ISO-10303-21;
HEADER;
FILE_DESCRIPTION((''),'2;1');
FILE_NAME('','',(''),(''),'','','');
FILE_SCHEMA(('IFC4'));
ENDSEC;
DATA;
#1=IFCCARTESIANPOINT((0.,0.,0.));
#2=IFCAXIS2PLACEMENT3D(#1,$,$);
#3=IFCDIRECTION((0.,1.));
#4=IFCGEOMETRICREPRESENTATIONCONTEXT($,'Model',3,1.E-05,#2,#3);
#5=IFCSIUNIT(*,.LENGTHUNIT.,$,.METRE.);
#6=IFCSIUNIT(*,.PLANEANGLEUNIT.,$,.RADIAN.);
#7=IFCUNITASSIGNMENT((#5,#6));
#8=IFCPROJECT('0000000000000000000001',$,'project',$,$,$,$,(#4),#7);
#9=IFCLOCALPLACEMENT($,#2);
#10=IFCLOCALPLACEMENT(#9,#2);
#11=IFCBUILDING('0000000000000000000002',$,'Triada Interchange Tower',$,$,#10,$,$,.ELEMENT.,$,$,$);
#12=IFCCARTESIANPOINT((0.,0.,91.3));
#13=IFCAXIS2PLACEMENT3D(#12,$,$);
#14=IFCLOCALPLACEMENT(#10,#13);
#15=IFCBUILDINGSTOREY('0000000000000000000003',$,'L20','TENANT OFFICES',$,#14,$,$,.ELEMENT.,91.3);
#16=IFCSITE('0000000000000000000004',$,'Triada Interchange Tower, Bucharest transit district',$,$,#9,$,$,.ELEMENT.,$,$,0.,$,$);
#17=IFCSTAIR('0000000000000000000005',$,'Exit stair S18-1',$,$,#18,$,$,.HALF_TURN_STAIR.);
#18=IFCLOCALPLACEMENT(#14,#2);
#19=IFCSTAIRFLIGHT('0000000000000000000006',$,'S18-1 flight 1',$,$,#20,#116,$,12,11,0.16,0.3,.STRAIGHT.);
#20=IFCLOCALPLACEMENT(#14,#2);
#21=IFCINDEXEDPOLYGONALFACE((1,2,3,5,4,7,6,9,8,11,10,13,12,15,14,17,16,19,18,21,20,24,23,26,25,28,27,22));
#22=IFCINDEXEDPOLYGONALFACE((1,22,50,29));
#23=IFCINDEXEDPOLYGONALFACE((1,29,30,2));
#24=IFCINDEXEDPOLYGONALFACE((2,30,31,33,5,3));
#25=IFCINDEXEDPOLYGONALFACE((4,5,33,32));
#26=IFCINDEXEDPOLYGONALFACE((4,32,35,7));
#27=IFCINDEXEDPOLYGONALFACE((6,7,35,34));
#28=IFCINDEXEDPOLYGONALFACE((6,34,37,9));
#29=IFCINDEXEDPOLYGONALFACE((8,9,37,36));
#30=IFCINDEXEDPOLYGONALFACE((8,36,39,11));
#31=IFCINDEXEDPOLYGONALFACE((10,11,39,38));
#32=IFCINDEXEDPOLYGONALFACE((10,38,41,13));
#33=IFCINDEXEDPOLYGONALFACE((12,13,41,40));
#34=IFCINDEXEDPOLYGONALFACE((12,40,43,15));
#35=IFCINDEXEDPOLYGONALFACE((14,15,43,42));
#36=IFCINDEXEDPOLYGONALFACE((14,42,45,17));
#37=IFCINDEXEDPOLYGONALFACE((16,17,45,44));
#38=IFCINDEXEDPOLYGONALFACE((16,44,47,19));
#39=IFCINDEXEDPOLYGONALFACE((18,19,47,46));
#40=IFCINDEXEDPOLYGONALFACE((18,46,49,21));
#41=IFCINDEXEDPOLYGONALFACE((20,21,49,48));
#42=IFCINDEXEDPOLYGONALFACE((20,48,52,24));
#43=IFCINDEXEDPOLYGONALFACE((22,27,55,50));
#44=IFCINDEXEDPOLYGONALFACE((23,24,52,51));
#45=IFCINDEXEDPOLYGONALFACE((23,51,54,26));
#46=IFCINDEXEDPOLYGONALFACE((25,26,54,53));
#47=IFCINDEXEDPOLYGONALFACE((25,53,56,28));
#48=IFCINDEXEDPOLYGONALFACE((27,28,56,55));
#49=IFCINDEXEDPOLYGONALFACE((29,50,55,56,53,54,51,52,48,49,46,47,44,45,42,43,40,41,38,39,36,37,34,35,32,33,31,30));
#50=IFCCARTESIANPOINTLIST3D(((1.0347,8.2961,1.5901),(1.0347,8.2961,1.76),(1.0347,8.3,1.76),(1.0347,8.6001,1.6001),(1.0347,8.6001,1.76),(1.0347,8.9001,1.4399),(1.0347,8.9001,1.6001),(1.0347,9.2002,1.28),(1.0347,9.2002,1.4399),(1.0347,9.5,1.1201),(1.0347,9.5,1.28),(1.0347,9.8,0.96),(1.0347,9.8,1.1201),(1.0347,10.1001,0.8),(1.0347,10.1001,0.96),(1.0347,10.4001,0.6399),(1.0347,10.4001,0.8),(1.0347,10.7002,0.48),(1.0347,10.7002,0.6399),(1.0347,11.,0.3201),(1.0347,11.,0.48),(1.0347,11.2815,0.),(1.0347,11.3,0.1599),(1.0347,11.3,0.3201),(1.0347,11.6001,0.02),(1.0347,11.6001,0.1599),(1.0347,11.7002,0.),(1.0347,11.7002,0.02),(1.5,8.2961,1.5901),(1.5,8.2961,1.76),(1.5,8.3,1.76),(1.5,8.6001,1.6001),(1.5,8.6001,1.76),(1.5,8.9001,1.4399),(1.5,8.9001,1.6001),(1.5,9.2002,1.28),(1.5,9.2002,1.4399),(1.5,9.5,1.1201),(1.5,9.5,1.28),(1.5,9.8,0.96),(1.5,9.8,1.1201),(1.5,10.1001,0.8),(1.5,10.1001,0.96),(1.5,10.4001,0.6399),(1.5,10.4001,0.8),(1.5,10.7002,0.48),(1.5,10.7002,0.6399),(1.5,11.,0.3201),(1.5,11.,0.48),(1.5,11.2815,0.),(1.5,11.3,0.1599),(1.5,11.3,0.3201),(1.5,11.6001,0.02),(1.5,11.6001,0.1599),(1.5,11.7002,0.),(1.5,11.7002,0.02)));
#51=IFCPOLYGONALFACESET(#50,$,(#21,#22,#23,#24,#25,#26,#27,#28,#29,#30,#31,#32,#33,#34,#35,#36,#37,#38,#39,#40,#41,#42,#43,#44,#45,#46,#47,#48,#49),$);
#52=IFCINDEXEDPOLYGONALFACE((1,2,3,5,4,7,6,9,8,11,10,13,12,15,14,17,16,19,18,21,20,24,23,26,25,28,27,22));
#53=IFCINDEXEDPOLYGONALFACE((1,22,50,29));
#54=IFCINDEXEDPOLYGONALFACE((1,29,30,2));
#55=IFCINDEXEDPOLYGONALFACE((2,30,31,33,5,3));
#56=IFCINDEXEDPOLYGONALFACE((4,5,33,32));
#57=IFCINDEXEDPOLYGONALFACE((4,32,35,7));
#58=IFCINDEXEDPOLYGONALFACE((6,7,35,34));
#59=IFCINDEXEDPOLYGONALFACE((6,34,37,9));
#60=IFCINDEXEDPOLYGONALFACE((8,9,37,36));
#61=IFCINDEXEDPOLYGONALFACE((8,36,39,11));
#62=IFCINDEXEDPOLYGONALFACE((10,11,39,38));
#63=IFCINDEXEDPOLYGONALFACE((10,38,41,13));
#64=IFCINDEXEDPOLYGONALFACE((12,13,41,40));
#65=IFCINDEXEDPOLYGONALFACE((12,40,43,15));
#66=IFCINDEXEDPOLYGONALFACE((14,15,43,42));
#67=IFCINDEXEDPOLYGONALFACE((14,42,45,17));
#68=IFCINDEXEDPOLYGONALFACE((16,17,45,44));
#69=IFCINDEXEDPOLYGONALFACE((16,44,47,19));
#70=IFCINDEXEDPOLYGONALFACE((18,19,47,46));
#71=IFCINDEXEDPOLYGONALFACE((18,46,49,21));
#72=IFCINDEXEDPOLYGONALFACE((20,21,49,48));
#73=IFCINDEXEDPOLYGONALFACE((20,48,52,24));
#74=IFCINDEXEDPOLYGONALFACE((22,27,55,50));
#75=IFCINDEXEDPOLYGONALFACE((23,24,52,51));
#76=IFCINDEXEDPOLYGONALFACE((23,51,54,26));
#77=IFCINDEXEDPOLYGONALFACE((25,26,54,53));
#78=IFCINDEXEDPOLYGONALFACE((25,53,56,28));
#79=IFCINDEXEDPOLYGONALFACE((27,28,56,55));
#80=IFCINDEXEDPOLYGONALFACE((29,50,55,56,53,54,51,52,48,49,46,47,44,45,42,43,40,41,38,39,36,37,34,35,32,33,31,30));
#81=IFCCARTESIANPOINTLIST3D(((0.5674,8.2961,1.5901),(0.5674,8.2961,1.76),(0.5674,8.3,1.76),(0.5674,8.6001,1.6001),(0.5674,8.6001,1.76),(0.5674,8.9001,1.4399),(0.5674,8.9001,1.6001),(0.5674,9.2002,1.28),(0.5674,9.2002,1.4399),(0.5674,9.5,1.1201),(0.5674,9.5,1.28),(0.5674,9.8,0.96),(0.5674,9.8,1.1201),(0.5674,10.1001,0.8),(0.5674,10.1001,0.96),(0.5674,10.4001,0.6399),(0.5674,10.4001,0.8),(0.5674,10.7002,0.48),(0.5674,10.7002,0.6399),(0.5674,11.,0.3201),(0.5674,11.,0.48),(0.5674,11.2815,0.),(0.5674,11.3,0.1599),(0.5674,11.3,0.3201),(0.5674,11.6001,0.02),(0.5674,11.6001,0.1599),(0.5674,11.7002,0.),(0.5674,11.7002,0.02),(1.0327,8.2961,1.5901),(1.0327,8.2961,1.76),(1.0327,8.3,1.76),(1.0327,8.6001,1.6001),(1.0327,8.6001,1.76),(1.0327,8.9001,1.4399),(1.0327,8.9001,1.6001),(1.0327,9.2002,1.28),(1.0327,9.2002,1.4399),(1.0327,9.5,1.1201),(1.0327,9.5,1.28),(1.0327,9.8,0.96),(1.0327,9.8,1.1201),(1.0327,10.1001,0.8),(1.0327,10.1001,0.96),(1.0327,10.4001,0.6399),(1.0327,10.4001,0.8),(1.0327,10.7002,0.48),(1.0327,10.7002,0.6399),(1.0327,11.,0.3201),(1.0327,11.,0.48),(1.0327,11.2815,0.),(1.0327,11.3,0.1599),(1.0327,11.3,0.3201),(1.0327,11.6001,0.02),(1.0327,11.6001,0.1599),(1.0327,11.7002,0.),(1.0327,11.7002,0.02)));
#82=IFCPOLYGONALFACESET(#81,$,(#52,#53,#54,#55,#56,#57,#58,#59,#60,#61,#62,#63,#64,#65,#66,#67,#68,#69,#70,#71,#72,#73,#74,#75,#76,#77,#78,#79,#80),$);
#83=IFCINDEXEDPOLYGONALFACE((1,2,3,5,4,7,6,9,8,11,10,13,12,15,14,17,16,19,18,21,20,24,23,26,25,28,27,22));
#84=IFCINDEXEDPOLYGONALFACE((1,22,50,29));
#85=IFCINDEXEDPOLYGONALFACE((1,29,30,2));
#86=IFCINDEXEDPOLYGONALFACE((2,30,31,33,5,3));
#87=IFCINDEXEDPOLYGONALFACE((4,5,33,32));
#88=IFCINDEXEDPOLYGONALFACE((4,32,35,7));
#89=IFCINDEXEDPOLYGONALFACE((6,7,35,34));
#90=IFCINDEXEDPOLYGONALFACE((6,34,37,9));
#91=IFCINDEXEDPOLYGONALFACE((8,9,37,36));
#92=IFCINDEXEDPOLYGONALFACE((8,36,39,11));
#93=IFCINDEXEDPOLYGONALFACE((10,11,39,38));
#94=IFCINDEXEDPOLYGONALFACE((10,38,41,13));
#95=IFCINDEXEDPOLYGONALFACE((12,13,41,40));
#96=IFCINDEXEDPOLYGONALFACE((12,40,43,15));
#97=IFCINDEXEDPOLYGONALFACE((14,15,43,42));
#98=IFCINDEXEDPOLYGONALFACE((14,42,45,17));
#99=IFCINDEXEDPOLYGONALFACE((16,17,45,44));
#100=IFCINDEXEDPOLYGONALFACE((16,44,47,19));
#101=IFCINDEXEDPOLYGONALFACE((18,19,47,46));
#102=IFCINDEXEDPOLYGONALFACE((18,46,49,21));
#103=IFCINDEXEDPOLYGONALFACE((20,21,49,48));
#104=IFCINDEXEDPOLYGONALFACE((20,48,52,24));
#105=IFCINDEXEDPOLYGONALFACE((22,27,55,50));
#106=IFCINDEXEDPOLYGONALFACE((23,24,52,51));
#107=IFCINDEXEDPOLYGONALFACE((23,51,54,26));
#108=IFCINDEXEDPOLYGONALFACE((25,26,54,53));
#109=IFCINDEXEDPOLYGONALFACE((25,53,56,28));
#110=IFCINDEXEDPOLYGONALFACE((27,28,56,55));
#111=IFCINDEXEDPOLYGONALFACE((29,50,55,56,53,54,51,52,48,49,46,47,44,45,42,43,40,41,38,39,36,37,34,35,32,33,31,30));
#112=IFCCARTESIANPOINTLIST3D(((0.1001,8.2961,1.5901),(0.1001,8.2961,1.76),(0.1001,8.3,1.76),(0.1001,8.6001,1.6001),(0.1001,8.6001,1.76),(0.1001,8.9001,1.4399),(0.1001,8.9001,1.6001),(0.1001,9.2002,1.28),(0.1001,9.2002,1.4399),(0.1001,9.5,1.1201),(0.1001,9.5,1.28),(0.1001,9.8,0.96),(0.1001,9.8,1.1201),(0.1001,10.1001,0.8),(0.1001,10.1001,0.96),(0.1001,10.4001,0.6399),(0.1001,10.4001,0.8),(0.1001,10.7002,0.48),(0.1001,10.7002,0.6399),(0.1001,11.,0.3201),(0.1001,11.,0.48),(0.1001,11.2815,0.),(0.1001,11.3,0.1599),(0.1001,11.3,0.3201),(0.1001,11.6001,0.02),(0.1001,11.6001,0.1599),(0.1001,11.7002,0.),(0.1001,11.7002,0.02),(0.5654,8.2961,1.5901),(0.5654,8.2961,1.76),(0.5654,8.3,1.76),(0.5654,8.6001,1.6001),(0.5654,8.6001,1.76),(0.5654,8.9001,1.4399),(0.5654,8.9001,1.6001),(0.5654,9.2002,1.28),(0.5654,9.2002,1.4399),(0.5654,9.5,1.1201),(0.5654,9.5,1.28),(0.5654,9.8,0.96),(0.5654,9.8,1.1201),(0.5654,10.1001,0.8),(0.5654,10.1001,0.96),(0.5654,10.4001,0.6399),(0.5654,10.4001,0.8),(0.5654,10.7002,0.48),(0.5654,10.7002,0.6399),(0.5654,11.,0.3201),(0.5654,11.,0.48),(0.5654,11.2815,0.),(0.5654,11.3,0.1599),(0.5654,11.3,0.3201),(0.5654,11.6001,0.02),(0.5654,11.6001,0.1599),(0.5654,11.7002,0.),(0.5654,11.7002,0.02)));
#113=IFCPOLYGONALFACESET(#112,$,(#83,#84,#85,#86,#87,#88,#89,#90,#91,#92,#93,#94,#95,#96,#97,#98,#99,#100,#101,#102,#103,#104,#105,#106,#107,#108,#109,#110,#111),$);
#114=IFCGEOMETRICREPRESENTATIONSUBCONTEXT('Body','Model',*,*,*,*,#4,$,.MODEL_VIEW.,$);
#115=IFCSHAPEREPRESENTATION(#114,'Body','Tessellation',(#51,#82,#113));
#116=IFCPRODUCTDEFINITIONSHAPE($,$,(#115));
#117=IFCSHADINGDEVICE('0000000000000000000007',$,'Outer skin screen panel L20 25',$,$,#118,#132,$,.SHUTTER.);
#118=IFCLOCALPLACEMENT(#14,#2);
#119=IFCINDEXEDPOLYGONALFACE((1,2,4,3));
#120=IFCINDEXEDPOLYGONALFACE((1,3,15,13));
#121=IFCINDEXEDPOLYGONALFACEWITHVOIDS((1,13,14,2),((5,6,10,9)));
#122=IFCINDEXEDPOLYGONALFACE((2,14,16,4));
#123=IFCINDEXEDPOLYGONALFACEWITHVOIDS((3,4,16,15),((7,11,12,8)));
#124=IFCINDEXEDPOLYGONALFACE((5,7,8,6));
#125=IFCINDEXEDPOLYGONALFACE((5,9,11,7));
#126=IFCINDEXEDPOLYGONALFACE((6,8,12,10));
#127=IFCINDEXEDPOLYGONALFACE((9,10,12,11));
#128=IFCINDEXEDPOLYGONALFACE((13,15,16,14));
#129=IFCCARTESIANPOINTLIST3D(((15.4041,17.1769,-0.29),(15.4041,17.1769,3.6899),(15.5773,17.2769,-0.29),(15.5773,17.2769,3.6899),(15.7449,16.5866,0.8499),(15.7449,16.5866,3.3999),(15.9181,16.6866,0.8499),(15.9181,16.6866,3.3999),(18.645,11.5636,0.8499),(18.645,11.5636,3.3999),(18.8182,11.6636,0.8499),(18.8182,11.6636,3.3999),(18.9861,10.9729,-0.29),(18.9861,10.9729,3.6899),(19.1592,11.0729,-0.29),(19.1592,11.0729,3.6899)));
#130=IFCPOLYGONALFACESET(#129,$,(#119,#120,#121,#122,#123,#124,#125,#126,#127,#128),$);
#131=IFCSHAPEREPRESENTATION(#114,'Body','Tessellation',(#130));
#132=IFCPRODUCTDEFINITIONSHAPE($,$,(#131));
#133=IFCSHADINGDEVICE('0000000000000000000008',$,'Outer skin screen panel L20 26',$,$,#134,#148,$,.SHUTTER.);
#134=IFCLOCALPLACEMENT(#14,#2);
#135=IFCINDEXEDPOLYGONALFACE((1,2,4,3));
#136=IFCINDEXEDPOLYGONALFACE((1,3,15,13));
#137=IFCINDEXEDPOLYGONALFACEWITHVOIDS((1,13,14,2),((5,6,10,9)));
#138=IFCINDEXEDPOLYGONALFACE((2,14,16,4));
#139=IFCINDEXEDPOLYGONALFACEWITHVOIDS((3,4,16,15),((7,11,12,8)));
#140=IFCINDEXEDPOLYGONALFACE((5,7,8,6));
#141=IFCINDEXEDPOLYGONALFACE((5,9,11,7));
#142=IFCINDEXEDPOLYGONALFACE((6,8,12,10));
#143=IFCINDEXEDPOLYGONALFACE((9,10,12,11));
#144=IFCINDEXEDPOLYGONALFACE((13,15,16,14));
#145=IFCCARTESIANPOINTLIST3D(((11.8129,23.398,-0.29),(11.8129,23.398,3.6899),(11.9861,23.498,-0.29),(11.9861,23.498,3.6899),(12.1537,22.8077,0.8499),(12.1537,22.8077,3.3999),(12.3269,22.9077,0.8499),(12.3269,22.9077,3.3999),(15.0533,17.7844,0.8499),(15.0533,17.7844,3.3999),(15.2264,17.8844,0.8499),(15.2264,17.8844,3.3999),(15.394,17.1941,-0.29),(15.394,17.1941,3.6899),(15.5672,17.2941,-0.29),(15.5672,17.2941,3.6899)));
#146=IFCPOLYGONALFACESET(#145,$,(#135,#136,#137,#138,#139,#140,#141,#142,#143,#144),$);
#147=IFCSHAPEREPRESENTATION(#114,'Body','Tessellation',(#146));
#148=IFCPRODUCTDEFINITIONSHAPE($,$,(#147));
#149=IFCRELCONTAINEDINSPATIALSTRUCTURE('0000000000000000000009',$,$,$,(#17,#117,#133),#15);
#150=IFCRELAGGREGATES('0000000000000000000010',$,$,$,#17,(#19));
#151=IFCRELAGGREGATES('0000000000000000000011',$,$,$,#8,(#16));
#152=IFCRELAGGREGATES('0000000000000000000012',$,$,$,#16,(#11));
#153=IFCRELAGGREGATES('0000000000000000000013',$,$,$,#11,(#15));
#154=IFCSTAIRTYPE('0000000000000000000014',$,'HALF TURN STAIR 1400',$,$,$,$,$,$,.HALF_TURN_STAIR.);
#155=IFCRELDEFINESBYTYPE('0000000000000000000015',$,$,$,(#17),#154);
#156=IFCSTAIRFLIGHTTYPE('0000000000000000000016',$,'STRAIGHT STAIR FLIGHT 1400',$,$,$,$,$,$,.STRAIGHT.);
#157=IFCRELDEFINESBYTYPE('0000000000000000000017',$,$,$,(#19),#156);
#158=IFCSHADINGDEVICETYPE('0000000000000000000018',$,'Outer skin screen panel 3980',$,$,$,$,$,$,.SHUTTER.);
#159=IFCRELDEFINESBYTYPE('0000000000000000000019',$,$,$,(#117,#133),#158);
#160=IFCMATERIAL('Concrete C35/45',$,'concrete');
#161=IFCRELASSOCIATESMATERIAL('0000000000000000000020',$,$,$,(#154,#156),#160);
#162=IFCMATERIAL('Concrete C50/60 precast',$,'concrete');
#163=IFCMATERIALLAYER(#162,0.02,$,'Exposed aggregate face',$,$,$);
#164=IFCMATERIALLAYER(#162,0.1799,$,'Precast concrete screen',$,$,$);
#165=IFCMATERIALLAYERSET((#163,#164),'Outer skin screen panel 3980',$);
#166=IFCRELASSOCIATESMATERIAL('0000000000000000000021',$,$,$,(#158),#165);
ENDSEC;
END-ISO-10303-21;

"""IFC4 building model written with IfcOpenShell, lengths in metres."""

from ifc_helpers import new_model, si_unit, direction, frame, origin, place, context, subcontext, project, spatial, polyline, outline, extrude, material, layer, layer_set, type_object, element, aggregate, save


model = new_model("IFC4")

# Units and contexts
model_context = context("Model", 3, precision=1e-05, world=origin(), true_north=direction((0.0, 1.0)))
body_context = subcontext(model_context, "Body", "Model", "MODEL_VIEW")
ifc_project = project(units=[si_unit("LENGTHUNIT", "METRE"), si_unit("PLANEANGLEUNIT", "RADIAN")], contexts=[model_context])

# Site, building, storey
site_placement = place(None, origin())
site = spatial("IfcSite", under=ifc_project, at=site_placement, Name="Triada Interchange Tower, Bucharest transit district", CompositionType="ELEMENT", RefElevation=0.0)
building_placement = place(site_placement, origin())
building = spatial("IfcBuilding", under=site, at=building_placement, Name="Triada Interchange Tower", CompositionType="ELEMENT")
storey_placement = place(building_placement, frame((0.0, 0.0, 91.3)))
storey = spatial("IfcBuildingStorey", under=building, at=storey_placement, Name="L20", Description="TENANT OFFICES", CompositionType="ELEMENT", Elevation=91.3)

# Stair, stair flight
ifc_material_1 = material(Name="Concrete C35/45", Category="concrete")
stair_type = type_object("IfcStairType", Name="HALF TURN STAIR 1400", PredefinedType="HALF_TURN_STAIR", material=ifc_material_1)
stair_placement = place(storey_placement, origin())
stair = element("IfcStair", 1, at=stair_placement, inside=storey, type_object=stair_type, Name="Exit stair S18-1", PredefinedType="HALF_TURN_STAIR")
stair_flight_type = type_object("IfcStairFlightType", Name="STRAIGHT STAIR FLIGHT 1400", PredefinedType="STRAIGHT", material=ifc_material_1)
stair_flight_placement = place(storey_placement, frame((0.8, 11.6001, 0.0), z_axis=(0.0, 0.0, 1.0), x_axis=(0.0, -1.0, 0.0)))
stair_flight = element("IfcStairFlight", 2, at=stair_flight_placement, type_object=stair_flight_type, Name="S18-1 flight 1", NumberOfRisers=12, NumberOfTreads=11, PredefinedType="STRAIGHT", RiserHeight=0.16, TreadLength=0.3, context=body_context, shape_type="SweptSolid", body=[
    extrude(outline(polyline([(-0.1001, 0.0), (-0.1001, 0.02), (0.0, 0.02), (0.0, 0.1599), (0.3, 0.1599), (0.3, 0.3201), (0.6001, 0.3201), (0.6001, 0.48), (0.8999, 0.48), (0.8999, 0.6399), (1.2, 0.6399), (1.2, 0.8), (1.5, 0.8), (1.5, 0.96), (1.8, 0.96), (1.8, 1.1201), (2.1001, 1.1201), (2.1001, 1.28), (2.3999, 1.28), (2.3999, 1.4399), (2.7, 1.4399), (2.7, 1.6001), (3.0, 1.6001), (3.0, 1.76), (3.3, 1.76), (3.304, 1.76), (3.304, 1.9199), (3.304, 1.5901), (0.3186, 0.0), (-0.1001, 0.0)])), frame((0.0, 0.7, 0.0), z_axis=(0.0, -1.0, 0.0), x_axis=(1.0, 0.0, 0.0)), (0.0, 0.0, 1.0), 0.4653),
    extrude(outline(polyline([(-0.1001, 0.0), (-0.1001, 0.02), (0.0, 0.02), (0.0, 0.1599), (0.3, 0.1599), (0.3, 0.3201), (0.6001, 0.3201), (0.6001, 0.48), (0.8999, 0.48), (0.8999, 0.6399), (1.2, 0.6399), (1.2, 0.8), (1.5, 0.8), (1.5, 0.96), (1.8, 0.96), (1.8, 1.1201), (2.1001, 1.1201), (2.1001, 1.28), (2.3999, 1.28), (2.3999, 1.4399), (2.7, 1.4399), (2.7, 1.6001), (3.0, 1.6001), (3.0, 1.76), (3.3, 1.76), (3.304, 1.76), (3.304, 1.9199), (3.304, 1.5901), (0.3186, 0.0), (-0.1001, 0.0)])), frame((0.0, 0.2327, 0.0), z_axis=(0.0, -1.0, 0.0), x_axis=(1.0, 0.0, 0.0)), (0.0, 0.0, 1.0), 0.4653),
    extrude(outline(polyline([(-0.1001, 0.0), (-0.1001, 0.02), (0.0, 0.02), (0.0, 0.1599), (0.3, 0.1599), (0.3, 0.3201), (0.6001, 0.3201), (0.6001, 0.48), (0.8999, 0.48), (0.8999, 0.6399), (1.2, 0.6399), (1.2, 0.8), (1.5, 0.8), (1.5, 0.96), (1.8, 0.96), (1.8, 1.1201), (2.1001, 1.1201), (2.1001, 1.28), (2.3999, 1.28), (2.3999, 1.4399), (2.7, 1.4399), (2.7, 1.6001), (3.0, 1.6001), (3.0, 1.76), (3.3, 1.76), (3.304, 1.76), (3.304, 1.9199), (3.304, 1.5901), (0.3186, 0.0), (-0.1001, 0.0)])), frame((0.0, -0.2346, 0.0), z_axis=(0.0, -1.0, 0.0), x_axis=(1.0, 0.0, 0.0)), (0.0, 0.0, 1.0), 0.4653),
])

# Shading devices
ifc_material_2 = material(Name="Concrete C50/60 precast", Category="concrete")
ifc_layer_1 = layer(ifc_material_2, 0.02, Name="Exposed aggregate face")
ifc_layer_2 = layer(ifc_material_2, 0.1799, Name="Precast concrete screen")
ifc_layer_set_1 = layer_set([ifc_layer_1, ifc_layer_2], Name="Outer skin screen panel 3980")
shading_device_type = type_object("IfcShadingDeviceType", Name="Outer skin screen panel 3980", PredefinedType="SHUTTER", material=ifc_layer_set_1)
shading_device_1_placement = place(storey_placement, frame((18.9861, 10.9729, -0.29), z_axis=(0.0, 0.0, 1.0), x_axis=(-0.50001, 0.86602, 0.0)))
element("IfcShadingDevice", 3, at=shading_device_1_placement, inside=storey, type_object=shading_device_type, Name="Outer skin screen panel L20 25", PredefinedType="SHUTTER", context=body_context, shape_type="SweptSolid", body=[
    extrude(outline(polyline([(0.0, 0.0), (7.1638, 0.0), (7.1638, 3.98), (0.0, 3.98), (0.0, 0.0)]), holes=[polyline([(0.6821, 1.1399), (0.6821, 3.6899), (6.4822, 3.6899), (6.4822, 1.1399), (0.6821, 1.1399)])]), frame((0.0, 0.0, 0.0), z_axis=(0.0, -1.0, 0.0), x_axis=(1.0, 0.0, 0.0)), (0.0, 0.0, 1.0), 0.2),
])
shading_device_2_placement = place(storey_placement, frame((15.394, 17.1941, -0.29), z_axis=(0.0, 0.0, 1.0), x_axis=(-0.499922, 0.86607, 0.0)))
element("IfcShadingDevice", 4, at=shading_device_2_placement, inside=storey, type_object=shading_device_type, Name="Outer skin screen panel L20 26", PredefinedType="SHUTTER", context=body_context, shape_type="SweptSolid", body=[
    extrude(outline(polyline([(0.0, 0.0), (7.1633, 0.0), (7.1633, 3.98), (0.0, 3.98), (0.0, 0.0)]), holes=[polyline([(0.6816, 1.1399), (0.6816, 3.6899), (6.4817, 3.6899), (6.4817, 1.1399), (0.6816, 1.1399)])]), frame((0.0, 0.0, 0.0), z_axis=(0.0, -1.0, 0.0), x_axis=(1.0, 0.0, 0.0)), (0.0, 0.0, 1.0), 0.2),
])

aggregate(stair, [stair_flight])

save(model, "model.ifc")
